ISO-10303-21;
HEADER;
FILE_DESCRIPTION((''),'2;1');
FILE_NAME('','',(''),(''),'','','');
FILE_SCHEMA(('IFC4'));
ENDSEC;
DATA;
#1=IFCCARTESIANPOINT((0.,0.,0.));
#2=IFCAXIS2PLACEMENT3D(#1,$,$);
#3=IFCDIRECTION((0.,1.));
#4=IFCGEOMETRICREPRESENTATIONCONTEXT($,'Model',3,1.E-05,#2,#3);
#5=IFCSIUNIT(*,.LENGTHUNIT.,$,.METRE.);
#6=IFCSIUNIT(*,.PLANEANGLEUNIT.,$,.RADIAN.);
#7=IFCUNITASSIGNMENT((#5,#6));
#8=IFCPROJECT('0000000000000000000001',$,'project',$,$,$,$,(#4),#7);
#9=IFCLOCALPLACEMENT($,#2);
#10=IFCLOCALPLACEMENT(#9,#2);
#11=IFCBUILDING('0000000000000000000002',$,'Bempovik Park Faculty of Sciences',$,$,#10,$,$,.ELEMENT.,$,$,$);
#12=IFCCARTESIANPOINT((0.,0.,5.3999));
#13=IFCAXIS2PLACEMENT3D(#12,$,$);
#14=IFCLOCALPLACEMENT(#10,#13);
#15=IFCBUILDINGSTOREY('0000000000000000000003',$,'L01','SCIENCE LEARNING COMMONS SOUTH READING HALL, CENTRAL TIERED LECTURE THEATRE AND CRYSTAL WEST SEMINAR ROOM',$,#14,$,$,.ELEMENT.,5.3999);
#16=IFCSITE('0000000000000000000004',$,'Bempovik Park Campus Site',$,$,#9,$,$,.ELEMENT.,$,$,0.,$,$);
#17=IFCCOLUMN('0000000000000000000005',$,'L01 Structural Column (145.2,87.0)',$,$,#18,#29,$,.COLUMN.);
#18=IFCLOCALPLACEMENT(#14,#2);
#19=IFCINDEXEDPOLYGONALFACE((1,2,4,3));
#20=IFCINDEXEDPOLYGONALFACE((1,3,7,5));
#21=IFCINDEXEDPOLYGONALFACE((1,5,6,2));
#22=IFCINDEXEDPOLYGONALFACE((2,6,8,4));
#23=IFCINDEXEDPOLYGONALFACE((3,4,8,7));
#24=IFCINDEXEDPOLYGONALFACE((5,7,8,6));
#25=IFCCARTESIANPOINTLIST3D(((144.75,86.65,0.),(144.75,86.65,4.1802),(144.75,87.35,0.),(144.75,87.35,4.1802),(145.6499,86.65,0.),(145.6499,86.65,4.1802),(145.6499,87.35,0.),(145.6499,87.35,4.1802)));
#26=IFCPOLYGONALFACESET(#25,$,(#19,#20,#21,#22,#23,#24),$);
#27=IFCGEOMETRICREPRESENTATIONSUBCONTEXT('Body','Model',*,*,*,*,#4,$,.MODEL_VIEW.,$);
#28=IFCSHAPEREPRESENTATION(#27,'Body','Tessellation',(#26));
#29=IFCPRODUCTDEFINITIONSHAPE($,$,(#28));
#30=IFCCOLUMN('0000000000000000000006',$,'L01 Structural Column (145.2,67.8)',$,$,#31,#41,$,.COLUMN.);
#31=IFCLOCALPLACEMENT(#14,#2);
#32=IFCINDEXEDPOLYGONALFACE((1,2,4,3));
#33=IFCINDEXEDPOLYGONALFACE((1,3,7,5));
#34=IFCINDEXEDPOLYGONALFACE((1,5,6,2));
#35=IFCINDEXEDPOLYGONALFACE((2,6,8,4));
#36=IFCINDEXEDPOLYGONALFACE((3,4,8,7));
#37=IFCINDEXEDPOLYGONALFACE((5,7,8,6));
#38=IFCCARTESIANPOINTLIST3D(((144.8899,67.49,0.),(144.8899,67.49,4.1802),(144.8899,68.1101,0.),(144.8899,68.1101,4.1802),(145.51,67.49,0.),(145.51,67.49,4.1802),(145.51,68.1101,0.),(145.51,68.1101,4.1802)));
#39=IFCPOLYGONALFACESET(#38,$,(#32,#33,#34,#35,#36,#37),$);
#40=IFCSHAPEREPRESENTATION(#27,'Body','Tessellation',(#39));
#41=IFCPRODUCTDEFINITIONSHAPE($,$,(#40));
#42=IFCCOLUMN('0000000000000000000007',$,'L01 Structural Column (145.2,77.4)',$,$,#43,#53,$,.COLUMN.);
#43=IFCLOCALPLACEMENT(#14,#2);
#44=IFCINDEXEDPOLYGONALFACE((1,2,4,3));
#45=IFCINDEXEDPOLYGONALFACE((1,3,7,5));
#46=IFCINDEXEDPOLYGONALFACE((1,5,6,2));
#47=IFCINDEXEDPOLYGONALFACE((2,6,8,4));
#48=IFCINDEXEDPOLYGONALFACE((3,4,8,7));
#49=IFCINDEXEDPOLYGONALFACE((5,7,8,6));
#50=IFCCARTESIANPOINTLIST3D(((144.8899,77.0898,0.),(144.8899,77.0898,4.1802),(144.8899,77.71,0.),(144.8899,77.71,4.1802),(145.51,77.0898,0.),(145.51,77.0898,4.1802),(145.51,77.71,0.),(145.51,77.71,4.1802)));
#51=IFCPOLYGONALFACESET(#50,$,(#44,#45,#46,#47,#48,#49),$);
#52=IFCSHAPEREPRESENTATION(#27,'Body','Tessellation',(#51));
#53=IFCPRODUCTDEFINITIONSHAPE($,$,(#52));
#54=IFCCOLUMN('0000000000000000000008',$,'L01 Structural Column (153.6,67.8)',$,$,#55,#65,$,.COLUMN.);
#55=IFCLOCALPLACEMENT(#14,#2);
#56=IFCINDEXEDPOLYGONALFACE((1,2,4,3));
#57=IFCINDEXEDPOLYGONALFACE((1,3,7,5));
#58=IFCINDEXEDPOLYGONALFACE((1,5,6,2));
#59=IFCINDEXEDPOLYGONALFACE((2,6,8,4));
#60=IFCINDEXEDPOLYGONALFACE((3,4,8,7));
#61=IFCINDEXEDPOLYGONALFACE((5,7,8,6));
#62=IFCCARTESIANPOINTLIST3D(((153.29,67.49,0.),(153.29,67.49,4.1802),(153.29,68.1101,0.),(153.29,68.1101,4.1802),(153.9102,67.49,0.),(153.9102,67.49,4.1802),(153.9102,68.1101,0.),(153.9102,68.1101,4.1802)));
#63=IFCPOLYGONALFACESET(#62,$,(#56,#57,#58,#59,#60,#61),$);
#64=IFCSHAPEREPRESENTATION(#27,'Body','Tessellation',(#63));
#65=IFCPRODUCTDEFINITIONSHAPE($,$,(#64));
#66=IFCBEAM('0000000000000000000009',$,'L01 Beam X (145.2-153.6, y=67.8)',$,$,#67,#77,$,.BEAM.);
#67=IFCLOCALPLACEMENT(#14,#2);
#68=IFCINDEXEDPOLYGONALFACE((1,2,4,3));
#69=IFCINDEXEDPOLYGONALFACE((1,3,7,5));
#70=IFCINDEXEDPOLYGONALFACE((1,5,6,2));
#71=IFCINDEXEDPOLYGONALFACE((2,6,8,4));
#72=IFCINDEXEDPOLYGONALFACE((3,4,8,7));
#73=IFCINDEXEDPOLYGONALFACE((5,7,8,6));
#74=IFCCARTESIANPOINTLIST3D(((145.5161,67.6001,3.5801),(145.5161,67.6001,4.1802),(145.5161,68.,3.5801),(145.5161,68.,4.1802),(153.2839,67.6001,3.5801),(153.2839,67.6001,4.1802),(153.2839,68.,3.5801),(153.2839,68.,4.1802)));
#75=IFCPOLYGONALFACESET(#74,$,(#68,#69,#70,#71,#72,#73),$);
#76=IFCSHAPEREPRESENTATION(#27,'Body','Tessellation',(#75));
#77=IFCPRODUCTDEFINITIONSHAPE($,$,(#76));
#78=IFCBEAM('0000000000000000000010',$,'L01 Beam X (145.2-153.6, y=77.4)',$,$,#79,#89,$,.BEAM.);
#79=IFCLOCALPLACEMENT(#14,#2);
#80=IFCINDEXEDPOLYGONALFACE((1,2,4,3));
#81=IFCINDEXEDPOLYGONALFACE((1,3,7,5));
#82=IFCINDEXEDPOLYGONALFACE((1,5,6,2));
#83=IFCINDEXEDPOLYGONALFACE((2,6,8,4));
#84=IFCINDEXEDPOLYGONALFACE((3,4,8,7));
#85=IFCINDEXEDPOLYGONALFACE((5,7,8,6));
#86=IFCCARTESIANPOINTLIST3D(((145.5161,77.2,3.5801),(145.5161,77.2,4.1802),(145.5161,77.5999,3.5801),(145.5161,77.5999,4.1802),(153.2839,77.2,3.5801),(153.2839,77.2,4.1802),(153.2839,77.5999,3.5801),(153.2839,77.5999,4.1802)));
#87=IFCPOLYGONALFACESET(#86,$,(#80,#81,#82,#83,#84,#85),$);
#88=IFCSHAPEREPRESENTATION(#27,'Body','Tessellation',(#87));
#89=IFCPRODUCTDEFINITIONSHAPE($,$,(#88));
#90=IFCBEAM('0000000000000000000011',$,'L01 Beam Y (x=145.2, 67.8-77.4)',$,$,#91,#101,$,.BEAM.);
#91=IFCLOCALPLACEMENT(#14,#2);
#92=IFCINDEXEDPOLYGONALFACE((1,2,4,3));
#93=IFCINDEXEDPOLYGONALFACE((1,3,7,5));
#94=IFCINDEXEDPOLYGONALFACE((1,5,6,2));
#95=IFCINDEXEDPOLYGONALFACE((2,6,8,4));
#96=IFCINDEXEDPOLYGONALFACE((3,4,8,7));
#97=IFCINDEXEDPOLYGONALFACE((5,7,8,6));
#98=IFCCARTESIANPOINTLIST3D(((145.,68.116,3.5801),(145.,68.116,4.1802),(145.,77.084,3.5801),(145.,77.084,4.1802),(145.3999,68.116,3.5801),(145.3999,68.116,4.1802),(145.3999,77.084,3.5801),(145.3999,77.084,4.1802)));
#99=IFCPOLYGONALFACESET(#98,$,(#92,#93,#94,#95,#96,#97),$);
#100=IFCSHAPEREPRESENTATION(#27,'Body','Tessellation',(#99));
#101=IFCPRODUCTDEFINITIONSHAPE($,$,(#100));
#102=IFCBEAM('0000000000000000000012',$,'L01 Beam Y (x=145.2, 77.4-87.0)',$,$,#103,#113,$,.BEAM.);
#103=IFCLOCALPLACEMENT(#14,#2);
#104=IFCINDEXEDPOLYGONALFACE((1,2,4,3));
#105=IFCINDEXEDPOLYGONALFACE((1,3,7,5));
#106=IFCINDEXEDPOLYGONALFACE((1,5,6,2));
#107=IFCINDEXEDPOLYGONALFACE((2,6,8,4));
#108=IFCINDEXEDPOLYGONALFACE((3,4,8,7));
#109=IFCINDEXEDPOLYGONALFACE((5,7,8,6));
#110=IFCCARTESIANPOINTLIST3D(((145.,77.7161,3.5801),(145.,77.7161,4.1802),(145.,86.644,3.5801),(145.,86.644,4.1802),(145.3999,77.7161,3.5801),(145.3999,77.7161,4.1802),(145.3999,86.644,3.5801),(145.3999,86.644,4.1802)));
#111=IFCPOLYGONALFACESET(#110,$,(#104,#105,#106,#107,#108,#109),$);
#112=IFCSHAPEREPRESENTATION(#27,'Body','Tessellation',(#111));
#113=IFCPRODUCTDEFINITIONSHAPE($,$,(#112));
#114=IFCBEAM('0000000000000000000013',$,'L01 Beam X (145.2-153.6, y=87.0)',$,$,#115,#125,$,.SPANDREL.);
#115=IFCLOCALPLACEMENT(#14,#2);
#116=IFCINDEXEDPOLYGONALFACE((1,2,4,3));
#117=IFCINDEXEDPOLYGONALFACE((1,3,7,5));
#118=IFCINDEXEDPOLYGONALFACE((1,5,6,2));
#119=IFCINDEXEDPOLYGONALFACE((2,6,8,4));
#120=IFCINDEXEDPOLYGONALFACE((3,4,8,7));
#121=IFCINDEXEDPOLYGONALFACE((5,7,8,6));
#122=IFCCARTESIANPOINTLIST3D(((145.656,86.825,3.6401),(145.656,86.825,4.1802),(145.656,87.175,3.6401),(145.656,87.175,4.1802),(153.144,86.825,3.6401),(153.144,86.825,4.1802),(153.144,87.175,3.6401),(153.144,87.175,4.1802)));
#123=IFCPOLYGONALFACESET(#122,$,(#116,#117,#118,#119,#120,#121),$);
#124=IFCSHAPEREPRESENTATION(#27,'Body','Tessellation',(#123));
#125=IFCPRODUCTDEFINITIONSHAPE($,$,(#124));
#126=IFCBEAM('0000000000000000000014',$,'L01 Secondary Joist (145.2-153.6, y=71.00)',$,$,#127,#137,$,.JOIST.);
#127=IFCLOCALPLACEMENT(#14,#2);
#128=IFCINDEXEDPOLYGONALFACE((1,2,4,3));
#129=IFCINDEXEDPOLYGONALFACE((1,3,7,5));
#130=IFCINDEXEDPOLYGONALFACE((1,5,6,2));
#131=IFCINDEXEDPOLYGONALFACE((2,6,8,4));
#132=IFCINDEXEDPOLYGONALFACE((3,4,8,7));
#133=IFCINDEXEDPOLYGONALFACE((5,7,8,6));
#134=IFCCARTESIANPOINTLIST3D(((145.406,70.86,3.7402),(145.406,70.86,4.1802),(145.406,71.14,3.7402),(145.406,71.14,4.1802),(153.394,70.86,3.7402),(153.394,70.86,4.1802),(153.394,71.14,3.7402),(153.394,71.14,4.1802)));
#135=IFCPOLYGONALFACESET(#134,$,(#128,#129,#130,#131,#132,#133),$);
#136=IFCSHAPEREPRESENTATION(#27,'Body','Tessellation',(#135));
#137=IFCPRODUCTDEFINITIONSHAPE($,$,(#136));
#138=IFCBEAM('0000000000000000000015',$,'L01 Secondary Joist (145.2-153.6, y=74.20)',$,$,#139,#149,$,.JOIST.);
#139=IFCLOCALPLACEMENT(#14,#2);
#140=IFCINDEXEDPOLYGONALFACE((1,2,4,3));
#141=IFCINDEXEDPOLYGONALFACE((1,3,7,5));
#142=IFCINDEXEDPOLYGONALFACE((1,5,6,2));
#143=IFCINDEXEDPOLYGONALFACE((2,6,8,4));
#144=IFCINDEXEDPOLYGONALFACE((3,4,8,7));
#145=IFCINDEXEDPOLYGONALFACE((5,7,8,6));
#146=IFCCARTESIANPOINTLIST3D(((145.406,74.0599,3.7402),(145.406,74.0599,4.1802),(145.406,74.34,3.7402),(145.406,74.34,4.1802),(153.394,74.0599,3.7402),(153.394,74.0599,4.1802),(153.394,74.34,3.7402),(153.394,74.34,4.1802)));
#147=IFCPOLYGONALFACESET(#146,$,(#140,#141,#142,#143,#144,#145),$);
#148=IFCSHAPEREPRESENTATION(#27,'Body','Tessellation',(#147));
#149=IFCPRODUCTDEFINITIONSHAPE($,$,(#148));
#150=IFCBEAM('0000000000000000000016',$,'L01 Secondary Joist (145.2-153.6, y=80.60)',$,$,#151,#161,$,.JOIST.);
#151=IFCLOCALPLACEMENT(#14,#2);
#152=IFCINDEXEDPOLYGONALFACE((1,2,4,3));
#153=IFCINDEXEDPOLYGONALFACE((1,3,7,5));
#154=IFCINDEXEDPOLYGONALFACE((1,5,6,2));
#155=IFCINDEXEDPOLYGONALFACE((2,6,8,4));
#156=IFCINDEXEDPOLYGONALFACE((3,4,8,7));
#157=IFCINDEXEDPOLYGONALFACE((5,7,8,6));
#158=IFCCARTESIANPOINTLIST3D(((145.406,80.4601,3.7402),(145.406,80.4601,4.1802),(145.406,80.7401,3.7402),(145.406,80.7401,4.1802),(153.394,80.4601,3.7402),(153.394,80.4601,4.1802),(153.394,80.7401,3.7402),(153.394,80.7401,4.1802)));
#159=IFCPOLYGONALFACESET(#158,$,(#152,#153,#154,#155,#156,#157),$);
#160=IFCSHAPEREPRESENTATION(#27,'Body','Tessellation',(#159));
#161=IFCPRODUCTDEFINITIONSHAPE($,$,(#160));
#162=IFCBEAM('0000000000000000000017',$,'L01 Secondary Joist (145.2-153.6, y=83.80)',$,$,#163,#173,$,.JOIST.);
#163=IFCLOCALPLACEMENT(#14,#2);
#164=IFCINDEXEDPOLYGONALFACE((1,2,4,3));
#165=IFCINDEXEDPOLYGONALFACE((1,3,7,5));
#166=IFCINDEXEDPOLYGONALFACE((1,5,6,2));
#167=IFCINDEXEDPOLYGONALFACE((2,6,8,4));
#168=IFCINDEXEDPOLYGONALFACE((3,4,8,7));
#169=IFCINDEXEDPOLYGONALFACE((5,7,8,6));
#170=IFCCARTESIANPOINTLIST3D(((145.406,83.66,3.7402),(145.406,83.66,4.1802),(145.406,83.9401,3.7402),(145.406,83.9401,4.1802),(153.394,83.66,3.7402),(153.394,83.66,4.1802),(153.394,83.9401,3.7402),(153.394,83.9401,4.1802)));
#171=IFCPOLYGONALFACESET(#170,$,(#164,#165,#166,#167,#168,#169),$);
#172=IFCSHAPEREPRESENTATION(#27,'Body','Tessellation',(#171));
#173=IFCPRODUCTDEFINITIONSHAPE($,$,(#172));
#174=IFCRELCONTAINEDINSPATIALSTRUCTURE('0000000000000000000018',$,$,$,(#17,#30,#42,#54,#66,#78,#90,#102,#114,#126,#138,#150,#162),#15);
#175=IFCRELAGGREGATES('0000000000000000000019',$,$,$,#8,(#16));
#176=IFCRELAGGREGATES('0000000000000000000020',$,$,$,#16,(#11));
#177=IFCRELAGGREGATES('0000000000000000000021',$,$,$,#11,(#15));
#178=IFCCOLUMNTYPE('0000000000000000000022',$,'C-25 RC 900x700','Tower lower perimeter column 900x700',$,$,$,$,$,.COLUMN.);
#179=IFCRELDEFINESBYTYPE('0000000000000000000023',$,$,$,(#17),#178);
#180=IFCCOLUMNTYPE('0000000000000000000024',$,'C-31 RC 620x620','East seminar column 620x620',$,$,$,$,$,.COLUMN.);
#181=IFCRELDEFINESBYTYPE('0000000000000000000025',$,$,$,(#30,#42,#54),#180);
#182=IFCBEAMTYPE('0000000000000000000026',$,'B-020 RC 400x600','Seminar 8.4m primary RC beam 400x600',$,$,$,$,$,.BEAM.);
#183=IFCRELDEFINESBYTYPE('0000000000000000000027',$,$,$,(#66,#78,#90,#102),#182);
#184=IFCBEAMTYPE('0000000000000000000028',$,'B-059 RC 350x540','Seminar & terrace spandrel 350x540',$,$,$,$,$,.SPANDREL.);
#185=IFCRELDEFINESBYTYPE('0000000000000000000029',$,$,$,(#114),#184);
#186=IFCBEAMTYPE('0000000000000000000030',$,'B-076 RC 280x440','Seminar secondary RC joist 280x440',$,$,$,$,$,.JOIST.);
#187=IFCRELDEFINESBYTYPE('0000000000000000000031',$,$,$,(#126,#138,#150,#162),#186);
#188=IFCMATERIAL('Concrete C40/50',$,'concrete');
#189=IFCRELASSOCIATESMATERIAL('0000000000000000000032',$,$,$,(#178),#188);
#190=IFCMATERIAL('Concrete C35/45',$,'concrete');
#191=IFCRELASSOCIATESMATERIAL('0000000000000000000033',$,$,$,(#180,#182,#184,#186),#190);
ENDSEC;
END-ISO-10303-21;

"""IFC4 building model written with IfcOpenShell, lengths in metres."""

from ifc_helpers import new_model, si_unit, direction, frame, origin, origin_2d, place, context, subcontext, project, spatial, rectangle, extrude, material, material_profile, profile_set, type_object, element, save


model = new_model("IFC4")

# Units and contexts
model_context = context("Model", 3, precision=1e-05, world=origin(), true_north=direction((0.0, 1.0)))
body_context = subcontext(model_context, "Body", "Model", "MODEL_VIEW")
ifc_project = project(units=[si_unit("LENGTHUNIT", "METRE"), si_unit("PLANEANGLEUNIT", "RADIAN")], contexts=[model_context])

# Site, building, storey
site_placement = place(None, origin())
site = spatial("IfcSite", under=ifc_project, at=site_placement, Name="Bempovik Park Campus Site", CompositionType="ELEMENT", RefElevation=0.0)
building_placement = place(site_placement, origin())
building = spatial("IfcBuilding", under=site, at=building_placement, Name="Bempovik Park Faculty of Sciences", CompositionType="ELEMENT")
storey_placement = place(building_placement, frame((0.0, 0.0, 5.3999)))
storey = spatial("IfcBuildingStorey", under=building, at=storey_placement, Name="L01", Description="SCIENCE LEARNING COMMONS SOUTH READING HALL, CENTRAL TIERED LECTURE THEATRE AND CRYSTAL WEST SEMINAR ROOM", CompositionType="ELEMENT", Elevation=5.3999)

# Columns
ifc_material_1 = material(Name="Concrete C40/50", Category="concrete")
ifc_material_profile_1 = material_profile(ifc_material_1, rectangle(XDim=0.8999, YDim=0.7, at=origin_2d()), Name="RC 900x700")
ifc_profile_set_1 = profile_set([ifc_material_profile_1], Name="Concrete C40/50")
column_type_1 = type_object("IfcColumnType", Name="C-25 RC 900x700", Description="Tower lower perimeter column 900x700", PredefinedType="COLUMN", material=ifc_profile_set_1)
column_placement = place(storey_placement, frame((145.2, 87.0, 0.0), z_axis=(0.0, 0.0, 1.0), x_axis=(1.0, 0.0, 0.0)))
element("IfcColumn", 1, at=column_placement, inside=storey, type_object=column_type_1, Name="L01 Structural Column (145.2,87.0)", PredefinedType="COLUMN", context=body_context, shape_type="SweptSolid", body=[
    extrude(rectangle(XDim=0.8999, YDim=0.7, at=origin_2d()), origin(), (0.0, 0.0, 1.0), 4.1802),
])
ifc_material_2 = material(Name="Concrete C35/45", Category="concrete")
ifc_material_profile_2 = material_profile(ifc_material_2, rectangle(XDim=0.6201, YDim=0.6201, at=origin_2d()), Name="RC 620x620")
ifc_profile_set_2 = profile_set([ifc_material_profile_2], Name="Concrete C35/45")
column_type_2 = type_object("IfcColumnType", Name="C-31 RC 620x620", Description="East seminar column 620x620", PredefinedType="COLUMN", material=ifc_profile_set_2)
for number, where, z_axis, x_axis, name in (
    (2, (145.2, 67.8, 0.0), (0.0, 0.0, 1.0), (1.0, 0.0, 0.0), "L01 Structural Column (145.2,67.8)"),
    (3, (145.2, 77.3999, 0.0), (0.0, 0.0, 1.0), (1.0, 0.0, 0.0), "L01 Structural Column (145.2,77.4)"),
    (4, (153.6001, 67.8, 0.0), (0.0, 0.0, 1.0), (1.0, 0.0, 0.0), "L01 Structural Column (153.6,67.8)"),
):
    element("IfcColumn", number, at=place(storey_placement, frame(where, z_axis=z_axis, x_axis=x_axis)), inside=storey, type_object=column_type_2, Name=name, PredefinedType="COLUMN", context=body_context, shape_type="SweptSolid", body=[
        extrude(rectangle(XDim=0.6201, YDim=0.6201, at=origin_2d()), origin(), (0.0, 0.0, 1.0), 4.1802),
    ])

# Beams
ifc_material_profile_3 = material_profile(ifc_material_2, rectangle(XDim=0.3999, YDim=0.6001, at=origin_2d()), Name="RC 400x600")
ifc_profile_set_3 = profile_set([ifc_material_profile_3], Name="Concrete C35/45")
beam_type_1 = type_object("IfcBeamType", Name="B-020 RC 400x600", Description="Seminar 8.4m primary RC beam 400x600", PredefinedType="BEAM", material=ifc_profile_set_3)
for number, where, z_axis, x_axis, name in (
    (5, (145.5161, 67.8, 3.8801), (1.0, 0.0, 0.0), (0.0, 1.0, 0.0), "L01 Beam X (145.2-153.6, y=67.8)"),
    (6, (145.5161, 77.3999, 3.8801), (1.0, 0.0, 0.0), (0.0, 1.0, 0.0), "L01 Beam X (145.2-153.6, y=77.4)"),
):
    element("IfcBeam", number, at=place(storey_placement, frame(where, z_axis=z_axis, x_axis=x_axis)), inside=storey, type_object=beam_type_1, Name=name, PredefinedType="BEAM", context=body_context, shape_type="SweptSolid", body=[
        extrude(rectangle(XDim=0.3999, YDim=0.6001, at=origin_2d()), origin(), (0.0, 0.0, 1.0), 7.7678),
    ])
beam_1_placement = place(storey_placement, frame((145.2, 68.116, 3.8801), z_axis=(0.0, 1.0, 0.0), x_axis=(-1.0, 0.0, 0.0)))
element("IfcBeam", 7, at=beam_1_placement, inside=storey, type_object=beam_type_1, Name="L01 Beam Y (x=145.2, 67.8-77.4)", PredefinedType="BEAM", context=body_context, shape_type="SweptSolid", body=[
    extrude(rectangle(XDim=0.3999, YDim=0.6001, at=origin_2d()), origin(), (0.0, 0.0, 1.0), 8.968),
])
beam_2_placement = place(storey_placement, frame((145.2, 77.7161, 3.8801), z_axis=(0.0, 1.0, 0.0), x_axis=(-1.0, 0.0, 0.0)))
element("IfcBeam", 8, at=beam_2_placement, inside=storey, type_object=beam_type_1, Name="L01 Beam Y (x=145.2, 77.4-87.0)", PredefinedType="BEAM", context=body_context, shape_type="SweptSolid", body=[
    extrude(rectangle(XDim=0.3999, YDim=0.6001, at=origin_2d()), origin(), (0.0, 0.0, 1.0), 8.928),
])
ifc_material_profile_4 = material_profile(ifc_material_2, rectangle(XDim=0.3501, YDim=0.54, at=origin_2d()), Name="RC 350x540")
ifc_profile_set_4 = profile_set([ifc_material_profile_4], Name="Concrete C35/45")
beam_type_2 = type_object("IfcBeamType", Name="B-059 RC 350x540", Description="Seminar & terrace spandrel 350x540", PredefinedType="SPANDREL", material=ifc_profile_set_4)
beam_3_placement = place(storey_placement, frame((145.656, 87.0, 3.9102), z_axis=(1.0, 0.0, 0.0), x_axis=(0.0, 1.0, 0.0)))
element("IfcBeam", 9, at=beam_3_placement, inside=storey, type_object=beam_type_2, Name="L01 Beam X (145.2-153.6, y=87.0)", PredefinedType="SPANDREL", context=body_context, shape_type="SweptSolid", body=[
    extrude(rectangle(XDim=0.3501, YDim=0.54, at=origin_2d()), origin(), (0.0, 0.0, 1.0), 7.488),
])
ifc_material_profile_5 = material_profile(ifc_material_2, rectangle(XDim=0.28, YDim=0.4399, at=origin_2d()), Name="RC 280x440")
ifc_profile_set_5 = profile_set([ifc_material_profile_5], Name="Concrete C35/45")
beam_type_3 = type_object("IfcBeamType", Name="B-076 RC 280x440", Description="Seminar secondary RC joist 280x440", PredefinedType="JOIST", material=ifc_profile_set_5)
for number, where, z_axis, x_axis, name in (
    (10, (145.406, 71.0, 3.9602), (1.0, 0.0, 0.0), (0.0, 1.0, 0.0), "L01 Secondary Joist (145.2-153.6, y=71.00)"),
    (11, (145.406, 74.2, 3.9602), (1.0, 0.0, 0.0), (0.0, 1.0, 0.0), "L01 Secondary Joist (145.2-153.6, y=74.20)"),
    (12, (145.406, 80.6001, 3.9602), (1.0, 0.0, 0.0), (0.0, 1.0, 0.0), "L01 Secondary Joist (145.2-153.6, y=80.60)"),
    (13, (145.406, 83.8, 3.9602), (1.0, 0.0, 0.0), (0.0, 1.0, 0.0), "L01 Secondary Joist (145.2-153.6, y=83.80)"),
):
    element("IfcBeam", number, at=place(storey_placement, frame(where, z_axis=z_axis, x_axis=x_axis)), inside=storey, type_object=beam_type_3, Name=name, PredefinedType="JOIST", context=body_context, shape_type="SweptSolid", body=[
        extrude(rectangle(XDim=0.28, YDim=0.4399, at=origin_2d()), origin(), (0.0, 0.0, 1.0), 7.988),
    ])

save(model, "model.ifc")
